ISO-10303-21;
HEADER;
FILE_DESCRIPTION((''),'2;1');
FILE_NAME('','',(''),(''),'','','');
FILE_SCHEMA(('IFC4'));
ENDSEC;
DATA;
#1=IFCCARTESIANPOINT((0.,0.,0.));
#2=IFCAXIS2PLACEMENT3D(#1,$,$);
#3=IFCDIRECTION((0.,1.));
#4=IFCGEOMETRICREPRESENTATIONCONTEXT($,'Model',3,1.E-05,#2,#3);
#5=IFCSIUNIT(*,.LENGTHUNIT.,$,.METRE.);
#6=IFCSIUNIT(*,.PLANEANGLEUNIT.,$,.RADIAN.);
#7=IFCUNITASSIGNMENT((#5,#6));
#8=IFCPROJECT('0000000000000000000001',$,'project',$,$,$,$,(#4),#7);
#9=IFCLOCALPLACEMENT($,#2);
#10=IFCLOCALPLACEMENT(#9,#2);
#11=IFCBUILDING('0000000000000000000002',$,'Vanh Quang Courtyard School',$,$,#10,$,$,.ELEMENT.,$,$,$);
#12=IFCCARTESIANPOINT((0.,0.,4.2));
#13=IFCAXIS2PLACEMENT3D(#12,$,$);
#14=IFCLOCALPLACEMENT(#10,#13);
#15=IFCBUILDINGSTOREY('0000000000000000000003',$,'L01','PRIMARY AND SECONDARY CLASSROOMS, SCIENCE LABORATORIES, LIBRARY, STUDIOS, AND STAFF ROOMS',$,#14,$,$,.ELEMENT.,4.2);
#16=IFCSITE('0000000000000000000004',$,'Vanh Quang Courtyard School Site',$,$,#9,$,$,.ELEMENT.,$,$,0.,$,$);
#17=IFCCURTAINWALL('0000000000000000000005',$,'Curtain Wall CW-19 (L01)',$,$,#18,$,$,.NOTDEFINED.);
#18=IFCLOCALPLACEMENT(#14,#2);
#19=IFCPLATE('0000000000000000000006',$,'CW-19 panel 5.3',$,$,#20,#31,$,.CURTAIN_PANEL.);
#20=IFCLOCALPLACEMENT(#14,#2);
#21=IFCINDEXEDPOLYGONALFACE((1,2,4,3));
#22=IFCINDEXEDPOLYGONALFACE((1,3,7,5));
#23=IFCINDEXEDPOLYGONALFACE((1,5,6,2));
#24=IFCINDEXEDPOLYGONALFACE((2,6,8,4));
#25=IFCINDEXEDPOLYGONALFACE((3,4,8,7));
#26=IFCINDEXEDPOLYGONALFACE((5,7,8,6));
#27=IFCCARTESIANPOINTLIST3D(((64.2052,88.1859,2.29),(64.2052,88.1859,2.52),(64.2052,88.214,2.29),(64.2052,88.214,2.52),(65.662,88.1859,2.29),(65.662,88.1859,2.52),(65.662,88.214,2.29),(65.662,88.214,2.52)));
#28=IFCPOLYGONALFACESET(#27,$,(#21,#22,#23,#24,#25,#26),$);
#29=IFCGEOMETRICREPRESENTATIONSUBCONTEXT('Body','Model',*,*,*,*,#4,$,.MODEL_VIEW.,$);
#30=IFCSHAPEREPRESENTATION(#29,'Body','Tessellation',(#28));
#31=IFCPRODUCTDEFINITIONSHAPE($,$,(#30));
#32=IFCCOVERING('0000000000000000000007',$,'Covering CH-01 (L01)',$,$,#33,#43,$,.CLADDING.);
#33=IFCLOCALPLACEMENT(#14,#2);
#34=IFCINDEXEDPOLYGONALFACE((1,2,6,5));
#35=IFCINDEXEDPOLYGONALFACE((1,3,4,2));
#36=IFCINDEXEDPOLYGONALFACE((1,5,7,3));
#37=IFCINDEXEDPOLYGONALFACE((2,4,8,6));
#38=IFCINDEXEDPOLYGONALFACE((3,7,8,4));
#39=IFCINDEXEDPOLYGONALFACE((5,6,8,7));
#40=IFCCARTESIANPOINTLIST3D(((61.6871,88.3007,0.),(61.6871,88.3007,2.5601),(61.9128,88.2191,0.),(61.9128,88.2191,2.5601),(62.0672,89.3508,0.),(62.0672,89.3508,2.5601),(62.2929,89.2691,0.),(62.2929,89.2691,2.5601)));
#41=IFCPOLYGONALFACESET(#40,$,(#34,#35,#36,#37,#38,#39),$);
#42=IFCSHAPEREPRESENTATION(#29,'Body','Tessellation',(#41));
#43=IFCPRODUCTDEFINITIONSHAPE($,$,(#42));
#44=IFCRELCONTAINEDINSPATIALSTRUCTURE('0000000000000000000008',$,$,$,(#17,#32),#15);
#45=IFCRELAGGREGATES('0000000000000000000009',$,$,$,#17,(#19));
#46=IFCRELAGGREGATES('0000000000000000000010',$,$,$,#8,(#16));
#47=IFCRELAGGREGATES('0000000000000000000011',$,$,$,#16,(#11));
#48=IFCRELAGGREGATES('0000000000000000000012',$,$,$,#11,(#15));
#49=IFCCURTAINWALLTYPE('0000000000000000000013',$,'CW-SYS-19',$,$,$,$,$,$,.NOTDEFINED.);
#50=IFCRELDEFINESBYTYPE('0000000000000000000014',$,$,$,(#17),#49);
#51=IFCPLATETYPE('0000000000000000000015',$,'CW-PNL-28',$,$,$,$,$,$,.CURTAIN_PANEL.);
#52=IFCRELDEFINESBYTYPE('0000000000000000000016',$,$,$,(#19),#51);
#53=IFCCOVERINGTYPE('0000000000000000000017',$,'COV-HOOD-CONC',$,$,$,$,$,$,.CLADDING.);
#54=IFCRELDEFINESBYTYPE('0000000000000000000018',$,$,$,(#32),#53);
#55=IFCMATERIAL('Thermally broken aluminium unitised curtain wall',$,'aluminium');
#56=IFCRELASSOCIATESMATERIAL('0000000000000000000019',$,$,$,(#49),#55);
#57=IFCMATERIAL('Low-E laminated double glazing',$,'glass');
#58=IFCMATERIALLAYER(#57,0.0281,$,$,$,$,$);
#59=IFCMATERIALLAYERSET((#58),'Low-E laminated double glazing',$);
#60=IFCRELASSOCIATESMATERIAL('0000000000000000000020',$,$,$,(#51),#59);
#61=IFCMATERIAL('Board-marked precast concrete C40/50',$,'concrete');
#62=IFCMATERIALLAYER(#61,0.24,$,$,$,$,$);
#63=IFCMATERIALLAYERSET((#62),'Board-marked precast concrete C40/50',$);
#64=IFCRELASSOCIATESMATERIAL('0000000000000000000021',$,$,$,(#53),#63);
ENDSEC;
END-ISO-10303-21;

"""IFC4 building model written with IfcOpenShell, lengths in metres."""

from ifc_helpers import new_model, si_unit, direction, frame, origin, origin_2d, place, context, subcontext, project, spatial, rectangle, extrude, material, layer, layer_set, type_object, element, aggregate, save


model = new_model("IFC4")

# Units and contexts
model_context = context("Model", 3, precision=1e-05, world=origin(), true_north=direction((0.0, 1.0)))
body_context = subcontext(model_context, "Body", "Model", "MODEL_VIEW")
ifc_project = project(units=[si_unit("LENGTHUNIT", "METRE"), si_unit("PLANEANGLEUNIT", "RADIAN")], contexts=[model_context])

# Site, building, storey
site_placement = place(None, origin())
site = spatial("IfcSite", under=ifc_project, at=site_placement, Name="Vanh Quang Courtyard School Site", CompositionType="ELEMENT", RefElevation=0.0)
building_placement = place(site_placement, origin())
building = spatial("IfcBuilding", under=site, at=building_placement, Name="Vanh Quang Courtyard School", CompositionType="ELEMENT")
storey_placement = place(building_placement, frame((0.0, 0.0, 4.2)))
storey = spatial("IfcBuildingStorey", under=building, at=storey_placement, Name="L01", Description="PRIMARY AND SECONDARY CLASSROOMS, SCIENCE LABORATORIES, LIBRARY, STUDIOS, AND STAFF ROOMS", CompositionType="ELEMENT", Elevation=4.2)

# Curtain wall, plate
ifc_material_1 = material(Name="Thermally broken aluminium unitised curtain wall", Category="aluminium")
curtain_wall_type = type_object("IfcCurtainWallType", Name="CW-SYS-19", PredefinedType="NOTDEFINED", material=ifc_material_1)
curtain_wall_placement = place(storey_placement, origin())
curtain_wall = element("IfcCurtainWall", 1, at=curtain_wall_placement, inside=storey, type_object=curtain_wall_type, Name="Curtain Wall CW-19 (L01)", PredefinedType="NOTDEFINED")
ifc_material_2 = material(Name="Low-E laminated double glazing", Category="glass")
ifc_layer_1 = layer(ifc_material_2, 0.0281)
ifc_layer_set_1 = layer_set([ifc_layer_1], Name="Low-E laminated double glazing")
plate_type = type_object("IfcPlateType", Name="CW-PNL-28", PredefinedType="CURTAIN_PANEL", material=ifc_layer_set_1)
plate_1_placement = place(storey_placement, frame((64.9336, 88.2, 2.29), z_axis=(0.0, 0.0, 1.0), x_axis=(1.0, 0.0, 0.0)))
plate_1 = element("IfcPlate", 2, at=plate_1_placement, type_object=plate_type, Name="CW-19 panel 5.3", PredefinedType="CURTAIN_PANEL", context=body_context, shape_type="SweptSolid", body=[
    extrude(rectangle(XDim=1.4568, YDim=0.0281, at=origin_2d()), origin(), (0.0, 0.0, 1.0), 0.23),
])
aggregate(curtain_wall, [plate_1])

# Covering
ifc_material_3 = material(Name="Board-marked precast concrete C40/50", Category="concrete")
ifc_layer_2 = layer(ifc_material_3, 0.24)
ifc_layer_set_2 = layer_set([ifc_layer_2], Name="Board-marked precast concrete C40/50")
covering_type = type_object("IfcCoveringType", Name="COV-HOOD-CONC", PredefinedType="CLADDING", material=ifc_layer_set_2)
covering_placement = place(storey_placement, frame((61.99, 88.7849, 0.0), z_axis=(0.0, 0.0, 1.0), x_axis=(0.34038, 0.940288, 0.0)))
element("IfcCovering", 3, at=covering_placement, inside=storey, type_object=covering_type, Name="Covering CH-01 (L01)", PredefinedType="CLADDING", context=body_context, shape_type="SweptSolid", body=[
    extrude(rectangle(XDim=1.1167, YDim=0.24, at=origin_2d()), origin(), (0.0, 0.0, 1.0), 2.5601),
])

save(model, "model.ifc")
